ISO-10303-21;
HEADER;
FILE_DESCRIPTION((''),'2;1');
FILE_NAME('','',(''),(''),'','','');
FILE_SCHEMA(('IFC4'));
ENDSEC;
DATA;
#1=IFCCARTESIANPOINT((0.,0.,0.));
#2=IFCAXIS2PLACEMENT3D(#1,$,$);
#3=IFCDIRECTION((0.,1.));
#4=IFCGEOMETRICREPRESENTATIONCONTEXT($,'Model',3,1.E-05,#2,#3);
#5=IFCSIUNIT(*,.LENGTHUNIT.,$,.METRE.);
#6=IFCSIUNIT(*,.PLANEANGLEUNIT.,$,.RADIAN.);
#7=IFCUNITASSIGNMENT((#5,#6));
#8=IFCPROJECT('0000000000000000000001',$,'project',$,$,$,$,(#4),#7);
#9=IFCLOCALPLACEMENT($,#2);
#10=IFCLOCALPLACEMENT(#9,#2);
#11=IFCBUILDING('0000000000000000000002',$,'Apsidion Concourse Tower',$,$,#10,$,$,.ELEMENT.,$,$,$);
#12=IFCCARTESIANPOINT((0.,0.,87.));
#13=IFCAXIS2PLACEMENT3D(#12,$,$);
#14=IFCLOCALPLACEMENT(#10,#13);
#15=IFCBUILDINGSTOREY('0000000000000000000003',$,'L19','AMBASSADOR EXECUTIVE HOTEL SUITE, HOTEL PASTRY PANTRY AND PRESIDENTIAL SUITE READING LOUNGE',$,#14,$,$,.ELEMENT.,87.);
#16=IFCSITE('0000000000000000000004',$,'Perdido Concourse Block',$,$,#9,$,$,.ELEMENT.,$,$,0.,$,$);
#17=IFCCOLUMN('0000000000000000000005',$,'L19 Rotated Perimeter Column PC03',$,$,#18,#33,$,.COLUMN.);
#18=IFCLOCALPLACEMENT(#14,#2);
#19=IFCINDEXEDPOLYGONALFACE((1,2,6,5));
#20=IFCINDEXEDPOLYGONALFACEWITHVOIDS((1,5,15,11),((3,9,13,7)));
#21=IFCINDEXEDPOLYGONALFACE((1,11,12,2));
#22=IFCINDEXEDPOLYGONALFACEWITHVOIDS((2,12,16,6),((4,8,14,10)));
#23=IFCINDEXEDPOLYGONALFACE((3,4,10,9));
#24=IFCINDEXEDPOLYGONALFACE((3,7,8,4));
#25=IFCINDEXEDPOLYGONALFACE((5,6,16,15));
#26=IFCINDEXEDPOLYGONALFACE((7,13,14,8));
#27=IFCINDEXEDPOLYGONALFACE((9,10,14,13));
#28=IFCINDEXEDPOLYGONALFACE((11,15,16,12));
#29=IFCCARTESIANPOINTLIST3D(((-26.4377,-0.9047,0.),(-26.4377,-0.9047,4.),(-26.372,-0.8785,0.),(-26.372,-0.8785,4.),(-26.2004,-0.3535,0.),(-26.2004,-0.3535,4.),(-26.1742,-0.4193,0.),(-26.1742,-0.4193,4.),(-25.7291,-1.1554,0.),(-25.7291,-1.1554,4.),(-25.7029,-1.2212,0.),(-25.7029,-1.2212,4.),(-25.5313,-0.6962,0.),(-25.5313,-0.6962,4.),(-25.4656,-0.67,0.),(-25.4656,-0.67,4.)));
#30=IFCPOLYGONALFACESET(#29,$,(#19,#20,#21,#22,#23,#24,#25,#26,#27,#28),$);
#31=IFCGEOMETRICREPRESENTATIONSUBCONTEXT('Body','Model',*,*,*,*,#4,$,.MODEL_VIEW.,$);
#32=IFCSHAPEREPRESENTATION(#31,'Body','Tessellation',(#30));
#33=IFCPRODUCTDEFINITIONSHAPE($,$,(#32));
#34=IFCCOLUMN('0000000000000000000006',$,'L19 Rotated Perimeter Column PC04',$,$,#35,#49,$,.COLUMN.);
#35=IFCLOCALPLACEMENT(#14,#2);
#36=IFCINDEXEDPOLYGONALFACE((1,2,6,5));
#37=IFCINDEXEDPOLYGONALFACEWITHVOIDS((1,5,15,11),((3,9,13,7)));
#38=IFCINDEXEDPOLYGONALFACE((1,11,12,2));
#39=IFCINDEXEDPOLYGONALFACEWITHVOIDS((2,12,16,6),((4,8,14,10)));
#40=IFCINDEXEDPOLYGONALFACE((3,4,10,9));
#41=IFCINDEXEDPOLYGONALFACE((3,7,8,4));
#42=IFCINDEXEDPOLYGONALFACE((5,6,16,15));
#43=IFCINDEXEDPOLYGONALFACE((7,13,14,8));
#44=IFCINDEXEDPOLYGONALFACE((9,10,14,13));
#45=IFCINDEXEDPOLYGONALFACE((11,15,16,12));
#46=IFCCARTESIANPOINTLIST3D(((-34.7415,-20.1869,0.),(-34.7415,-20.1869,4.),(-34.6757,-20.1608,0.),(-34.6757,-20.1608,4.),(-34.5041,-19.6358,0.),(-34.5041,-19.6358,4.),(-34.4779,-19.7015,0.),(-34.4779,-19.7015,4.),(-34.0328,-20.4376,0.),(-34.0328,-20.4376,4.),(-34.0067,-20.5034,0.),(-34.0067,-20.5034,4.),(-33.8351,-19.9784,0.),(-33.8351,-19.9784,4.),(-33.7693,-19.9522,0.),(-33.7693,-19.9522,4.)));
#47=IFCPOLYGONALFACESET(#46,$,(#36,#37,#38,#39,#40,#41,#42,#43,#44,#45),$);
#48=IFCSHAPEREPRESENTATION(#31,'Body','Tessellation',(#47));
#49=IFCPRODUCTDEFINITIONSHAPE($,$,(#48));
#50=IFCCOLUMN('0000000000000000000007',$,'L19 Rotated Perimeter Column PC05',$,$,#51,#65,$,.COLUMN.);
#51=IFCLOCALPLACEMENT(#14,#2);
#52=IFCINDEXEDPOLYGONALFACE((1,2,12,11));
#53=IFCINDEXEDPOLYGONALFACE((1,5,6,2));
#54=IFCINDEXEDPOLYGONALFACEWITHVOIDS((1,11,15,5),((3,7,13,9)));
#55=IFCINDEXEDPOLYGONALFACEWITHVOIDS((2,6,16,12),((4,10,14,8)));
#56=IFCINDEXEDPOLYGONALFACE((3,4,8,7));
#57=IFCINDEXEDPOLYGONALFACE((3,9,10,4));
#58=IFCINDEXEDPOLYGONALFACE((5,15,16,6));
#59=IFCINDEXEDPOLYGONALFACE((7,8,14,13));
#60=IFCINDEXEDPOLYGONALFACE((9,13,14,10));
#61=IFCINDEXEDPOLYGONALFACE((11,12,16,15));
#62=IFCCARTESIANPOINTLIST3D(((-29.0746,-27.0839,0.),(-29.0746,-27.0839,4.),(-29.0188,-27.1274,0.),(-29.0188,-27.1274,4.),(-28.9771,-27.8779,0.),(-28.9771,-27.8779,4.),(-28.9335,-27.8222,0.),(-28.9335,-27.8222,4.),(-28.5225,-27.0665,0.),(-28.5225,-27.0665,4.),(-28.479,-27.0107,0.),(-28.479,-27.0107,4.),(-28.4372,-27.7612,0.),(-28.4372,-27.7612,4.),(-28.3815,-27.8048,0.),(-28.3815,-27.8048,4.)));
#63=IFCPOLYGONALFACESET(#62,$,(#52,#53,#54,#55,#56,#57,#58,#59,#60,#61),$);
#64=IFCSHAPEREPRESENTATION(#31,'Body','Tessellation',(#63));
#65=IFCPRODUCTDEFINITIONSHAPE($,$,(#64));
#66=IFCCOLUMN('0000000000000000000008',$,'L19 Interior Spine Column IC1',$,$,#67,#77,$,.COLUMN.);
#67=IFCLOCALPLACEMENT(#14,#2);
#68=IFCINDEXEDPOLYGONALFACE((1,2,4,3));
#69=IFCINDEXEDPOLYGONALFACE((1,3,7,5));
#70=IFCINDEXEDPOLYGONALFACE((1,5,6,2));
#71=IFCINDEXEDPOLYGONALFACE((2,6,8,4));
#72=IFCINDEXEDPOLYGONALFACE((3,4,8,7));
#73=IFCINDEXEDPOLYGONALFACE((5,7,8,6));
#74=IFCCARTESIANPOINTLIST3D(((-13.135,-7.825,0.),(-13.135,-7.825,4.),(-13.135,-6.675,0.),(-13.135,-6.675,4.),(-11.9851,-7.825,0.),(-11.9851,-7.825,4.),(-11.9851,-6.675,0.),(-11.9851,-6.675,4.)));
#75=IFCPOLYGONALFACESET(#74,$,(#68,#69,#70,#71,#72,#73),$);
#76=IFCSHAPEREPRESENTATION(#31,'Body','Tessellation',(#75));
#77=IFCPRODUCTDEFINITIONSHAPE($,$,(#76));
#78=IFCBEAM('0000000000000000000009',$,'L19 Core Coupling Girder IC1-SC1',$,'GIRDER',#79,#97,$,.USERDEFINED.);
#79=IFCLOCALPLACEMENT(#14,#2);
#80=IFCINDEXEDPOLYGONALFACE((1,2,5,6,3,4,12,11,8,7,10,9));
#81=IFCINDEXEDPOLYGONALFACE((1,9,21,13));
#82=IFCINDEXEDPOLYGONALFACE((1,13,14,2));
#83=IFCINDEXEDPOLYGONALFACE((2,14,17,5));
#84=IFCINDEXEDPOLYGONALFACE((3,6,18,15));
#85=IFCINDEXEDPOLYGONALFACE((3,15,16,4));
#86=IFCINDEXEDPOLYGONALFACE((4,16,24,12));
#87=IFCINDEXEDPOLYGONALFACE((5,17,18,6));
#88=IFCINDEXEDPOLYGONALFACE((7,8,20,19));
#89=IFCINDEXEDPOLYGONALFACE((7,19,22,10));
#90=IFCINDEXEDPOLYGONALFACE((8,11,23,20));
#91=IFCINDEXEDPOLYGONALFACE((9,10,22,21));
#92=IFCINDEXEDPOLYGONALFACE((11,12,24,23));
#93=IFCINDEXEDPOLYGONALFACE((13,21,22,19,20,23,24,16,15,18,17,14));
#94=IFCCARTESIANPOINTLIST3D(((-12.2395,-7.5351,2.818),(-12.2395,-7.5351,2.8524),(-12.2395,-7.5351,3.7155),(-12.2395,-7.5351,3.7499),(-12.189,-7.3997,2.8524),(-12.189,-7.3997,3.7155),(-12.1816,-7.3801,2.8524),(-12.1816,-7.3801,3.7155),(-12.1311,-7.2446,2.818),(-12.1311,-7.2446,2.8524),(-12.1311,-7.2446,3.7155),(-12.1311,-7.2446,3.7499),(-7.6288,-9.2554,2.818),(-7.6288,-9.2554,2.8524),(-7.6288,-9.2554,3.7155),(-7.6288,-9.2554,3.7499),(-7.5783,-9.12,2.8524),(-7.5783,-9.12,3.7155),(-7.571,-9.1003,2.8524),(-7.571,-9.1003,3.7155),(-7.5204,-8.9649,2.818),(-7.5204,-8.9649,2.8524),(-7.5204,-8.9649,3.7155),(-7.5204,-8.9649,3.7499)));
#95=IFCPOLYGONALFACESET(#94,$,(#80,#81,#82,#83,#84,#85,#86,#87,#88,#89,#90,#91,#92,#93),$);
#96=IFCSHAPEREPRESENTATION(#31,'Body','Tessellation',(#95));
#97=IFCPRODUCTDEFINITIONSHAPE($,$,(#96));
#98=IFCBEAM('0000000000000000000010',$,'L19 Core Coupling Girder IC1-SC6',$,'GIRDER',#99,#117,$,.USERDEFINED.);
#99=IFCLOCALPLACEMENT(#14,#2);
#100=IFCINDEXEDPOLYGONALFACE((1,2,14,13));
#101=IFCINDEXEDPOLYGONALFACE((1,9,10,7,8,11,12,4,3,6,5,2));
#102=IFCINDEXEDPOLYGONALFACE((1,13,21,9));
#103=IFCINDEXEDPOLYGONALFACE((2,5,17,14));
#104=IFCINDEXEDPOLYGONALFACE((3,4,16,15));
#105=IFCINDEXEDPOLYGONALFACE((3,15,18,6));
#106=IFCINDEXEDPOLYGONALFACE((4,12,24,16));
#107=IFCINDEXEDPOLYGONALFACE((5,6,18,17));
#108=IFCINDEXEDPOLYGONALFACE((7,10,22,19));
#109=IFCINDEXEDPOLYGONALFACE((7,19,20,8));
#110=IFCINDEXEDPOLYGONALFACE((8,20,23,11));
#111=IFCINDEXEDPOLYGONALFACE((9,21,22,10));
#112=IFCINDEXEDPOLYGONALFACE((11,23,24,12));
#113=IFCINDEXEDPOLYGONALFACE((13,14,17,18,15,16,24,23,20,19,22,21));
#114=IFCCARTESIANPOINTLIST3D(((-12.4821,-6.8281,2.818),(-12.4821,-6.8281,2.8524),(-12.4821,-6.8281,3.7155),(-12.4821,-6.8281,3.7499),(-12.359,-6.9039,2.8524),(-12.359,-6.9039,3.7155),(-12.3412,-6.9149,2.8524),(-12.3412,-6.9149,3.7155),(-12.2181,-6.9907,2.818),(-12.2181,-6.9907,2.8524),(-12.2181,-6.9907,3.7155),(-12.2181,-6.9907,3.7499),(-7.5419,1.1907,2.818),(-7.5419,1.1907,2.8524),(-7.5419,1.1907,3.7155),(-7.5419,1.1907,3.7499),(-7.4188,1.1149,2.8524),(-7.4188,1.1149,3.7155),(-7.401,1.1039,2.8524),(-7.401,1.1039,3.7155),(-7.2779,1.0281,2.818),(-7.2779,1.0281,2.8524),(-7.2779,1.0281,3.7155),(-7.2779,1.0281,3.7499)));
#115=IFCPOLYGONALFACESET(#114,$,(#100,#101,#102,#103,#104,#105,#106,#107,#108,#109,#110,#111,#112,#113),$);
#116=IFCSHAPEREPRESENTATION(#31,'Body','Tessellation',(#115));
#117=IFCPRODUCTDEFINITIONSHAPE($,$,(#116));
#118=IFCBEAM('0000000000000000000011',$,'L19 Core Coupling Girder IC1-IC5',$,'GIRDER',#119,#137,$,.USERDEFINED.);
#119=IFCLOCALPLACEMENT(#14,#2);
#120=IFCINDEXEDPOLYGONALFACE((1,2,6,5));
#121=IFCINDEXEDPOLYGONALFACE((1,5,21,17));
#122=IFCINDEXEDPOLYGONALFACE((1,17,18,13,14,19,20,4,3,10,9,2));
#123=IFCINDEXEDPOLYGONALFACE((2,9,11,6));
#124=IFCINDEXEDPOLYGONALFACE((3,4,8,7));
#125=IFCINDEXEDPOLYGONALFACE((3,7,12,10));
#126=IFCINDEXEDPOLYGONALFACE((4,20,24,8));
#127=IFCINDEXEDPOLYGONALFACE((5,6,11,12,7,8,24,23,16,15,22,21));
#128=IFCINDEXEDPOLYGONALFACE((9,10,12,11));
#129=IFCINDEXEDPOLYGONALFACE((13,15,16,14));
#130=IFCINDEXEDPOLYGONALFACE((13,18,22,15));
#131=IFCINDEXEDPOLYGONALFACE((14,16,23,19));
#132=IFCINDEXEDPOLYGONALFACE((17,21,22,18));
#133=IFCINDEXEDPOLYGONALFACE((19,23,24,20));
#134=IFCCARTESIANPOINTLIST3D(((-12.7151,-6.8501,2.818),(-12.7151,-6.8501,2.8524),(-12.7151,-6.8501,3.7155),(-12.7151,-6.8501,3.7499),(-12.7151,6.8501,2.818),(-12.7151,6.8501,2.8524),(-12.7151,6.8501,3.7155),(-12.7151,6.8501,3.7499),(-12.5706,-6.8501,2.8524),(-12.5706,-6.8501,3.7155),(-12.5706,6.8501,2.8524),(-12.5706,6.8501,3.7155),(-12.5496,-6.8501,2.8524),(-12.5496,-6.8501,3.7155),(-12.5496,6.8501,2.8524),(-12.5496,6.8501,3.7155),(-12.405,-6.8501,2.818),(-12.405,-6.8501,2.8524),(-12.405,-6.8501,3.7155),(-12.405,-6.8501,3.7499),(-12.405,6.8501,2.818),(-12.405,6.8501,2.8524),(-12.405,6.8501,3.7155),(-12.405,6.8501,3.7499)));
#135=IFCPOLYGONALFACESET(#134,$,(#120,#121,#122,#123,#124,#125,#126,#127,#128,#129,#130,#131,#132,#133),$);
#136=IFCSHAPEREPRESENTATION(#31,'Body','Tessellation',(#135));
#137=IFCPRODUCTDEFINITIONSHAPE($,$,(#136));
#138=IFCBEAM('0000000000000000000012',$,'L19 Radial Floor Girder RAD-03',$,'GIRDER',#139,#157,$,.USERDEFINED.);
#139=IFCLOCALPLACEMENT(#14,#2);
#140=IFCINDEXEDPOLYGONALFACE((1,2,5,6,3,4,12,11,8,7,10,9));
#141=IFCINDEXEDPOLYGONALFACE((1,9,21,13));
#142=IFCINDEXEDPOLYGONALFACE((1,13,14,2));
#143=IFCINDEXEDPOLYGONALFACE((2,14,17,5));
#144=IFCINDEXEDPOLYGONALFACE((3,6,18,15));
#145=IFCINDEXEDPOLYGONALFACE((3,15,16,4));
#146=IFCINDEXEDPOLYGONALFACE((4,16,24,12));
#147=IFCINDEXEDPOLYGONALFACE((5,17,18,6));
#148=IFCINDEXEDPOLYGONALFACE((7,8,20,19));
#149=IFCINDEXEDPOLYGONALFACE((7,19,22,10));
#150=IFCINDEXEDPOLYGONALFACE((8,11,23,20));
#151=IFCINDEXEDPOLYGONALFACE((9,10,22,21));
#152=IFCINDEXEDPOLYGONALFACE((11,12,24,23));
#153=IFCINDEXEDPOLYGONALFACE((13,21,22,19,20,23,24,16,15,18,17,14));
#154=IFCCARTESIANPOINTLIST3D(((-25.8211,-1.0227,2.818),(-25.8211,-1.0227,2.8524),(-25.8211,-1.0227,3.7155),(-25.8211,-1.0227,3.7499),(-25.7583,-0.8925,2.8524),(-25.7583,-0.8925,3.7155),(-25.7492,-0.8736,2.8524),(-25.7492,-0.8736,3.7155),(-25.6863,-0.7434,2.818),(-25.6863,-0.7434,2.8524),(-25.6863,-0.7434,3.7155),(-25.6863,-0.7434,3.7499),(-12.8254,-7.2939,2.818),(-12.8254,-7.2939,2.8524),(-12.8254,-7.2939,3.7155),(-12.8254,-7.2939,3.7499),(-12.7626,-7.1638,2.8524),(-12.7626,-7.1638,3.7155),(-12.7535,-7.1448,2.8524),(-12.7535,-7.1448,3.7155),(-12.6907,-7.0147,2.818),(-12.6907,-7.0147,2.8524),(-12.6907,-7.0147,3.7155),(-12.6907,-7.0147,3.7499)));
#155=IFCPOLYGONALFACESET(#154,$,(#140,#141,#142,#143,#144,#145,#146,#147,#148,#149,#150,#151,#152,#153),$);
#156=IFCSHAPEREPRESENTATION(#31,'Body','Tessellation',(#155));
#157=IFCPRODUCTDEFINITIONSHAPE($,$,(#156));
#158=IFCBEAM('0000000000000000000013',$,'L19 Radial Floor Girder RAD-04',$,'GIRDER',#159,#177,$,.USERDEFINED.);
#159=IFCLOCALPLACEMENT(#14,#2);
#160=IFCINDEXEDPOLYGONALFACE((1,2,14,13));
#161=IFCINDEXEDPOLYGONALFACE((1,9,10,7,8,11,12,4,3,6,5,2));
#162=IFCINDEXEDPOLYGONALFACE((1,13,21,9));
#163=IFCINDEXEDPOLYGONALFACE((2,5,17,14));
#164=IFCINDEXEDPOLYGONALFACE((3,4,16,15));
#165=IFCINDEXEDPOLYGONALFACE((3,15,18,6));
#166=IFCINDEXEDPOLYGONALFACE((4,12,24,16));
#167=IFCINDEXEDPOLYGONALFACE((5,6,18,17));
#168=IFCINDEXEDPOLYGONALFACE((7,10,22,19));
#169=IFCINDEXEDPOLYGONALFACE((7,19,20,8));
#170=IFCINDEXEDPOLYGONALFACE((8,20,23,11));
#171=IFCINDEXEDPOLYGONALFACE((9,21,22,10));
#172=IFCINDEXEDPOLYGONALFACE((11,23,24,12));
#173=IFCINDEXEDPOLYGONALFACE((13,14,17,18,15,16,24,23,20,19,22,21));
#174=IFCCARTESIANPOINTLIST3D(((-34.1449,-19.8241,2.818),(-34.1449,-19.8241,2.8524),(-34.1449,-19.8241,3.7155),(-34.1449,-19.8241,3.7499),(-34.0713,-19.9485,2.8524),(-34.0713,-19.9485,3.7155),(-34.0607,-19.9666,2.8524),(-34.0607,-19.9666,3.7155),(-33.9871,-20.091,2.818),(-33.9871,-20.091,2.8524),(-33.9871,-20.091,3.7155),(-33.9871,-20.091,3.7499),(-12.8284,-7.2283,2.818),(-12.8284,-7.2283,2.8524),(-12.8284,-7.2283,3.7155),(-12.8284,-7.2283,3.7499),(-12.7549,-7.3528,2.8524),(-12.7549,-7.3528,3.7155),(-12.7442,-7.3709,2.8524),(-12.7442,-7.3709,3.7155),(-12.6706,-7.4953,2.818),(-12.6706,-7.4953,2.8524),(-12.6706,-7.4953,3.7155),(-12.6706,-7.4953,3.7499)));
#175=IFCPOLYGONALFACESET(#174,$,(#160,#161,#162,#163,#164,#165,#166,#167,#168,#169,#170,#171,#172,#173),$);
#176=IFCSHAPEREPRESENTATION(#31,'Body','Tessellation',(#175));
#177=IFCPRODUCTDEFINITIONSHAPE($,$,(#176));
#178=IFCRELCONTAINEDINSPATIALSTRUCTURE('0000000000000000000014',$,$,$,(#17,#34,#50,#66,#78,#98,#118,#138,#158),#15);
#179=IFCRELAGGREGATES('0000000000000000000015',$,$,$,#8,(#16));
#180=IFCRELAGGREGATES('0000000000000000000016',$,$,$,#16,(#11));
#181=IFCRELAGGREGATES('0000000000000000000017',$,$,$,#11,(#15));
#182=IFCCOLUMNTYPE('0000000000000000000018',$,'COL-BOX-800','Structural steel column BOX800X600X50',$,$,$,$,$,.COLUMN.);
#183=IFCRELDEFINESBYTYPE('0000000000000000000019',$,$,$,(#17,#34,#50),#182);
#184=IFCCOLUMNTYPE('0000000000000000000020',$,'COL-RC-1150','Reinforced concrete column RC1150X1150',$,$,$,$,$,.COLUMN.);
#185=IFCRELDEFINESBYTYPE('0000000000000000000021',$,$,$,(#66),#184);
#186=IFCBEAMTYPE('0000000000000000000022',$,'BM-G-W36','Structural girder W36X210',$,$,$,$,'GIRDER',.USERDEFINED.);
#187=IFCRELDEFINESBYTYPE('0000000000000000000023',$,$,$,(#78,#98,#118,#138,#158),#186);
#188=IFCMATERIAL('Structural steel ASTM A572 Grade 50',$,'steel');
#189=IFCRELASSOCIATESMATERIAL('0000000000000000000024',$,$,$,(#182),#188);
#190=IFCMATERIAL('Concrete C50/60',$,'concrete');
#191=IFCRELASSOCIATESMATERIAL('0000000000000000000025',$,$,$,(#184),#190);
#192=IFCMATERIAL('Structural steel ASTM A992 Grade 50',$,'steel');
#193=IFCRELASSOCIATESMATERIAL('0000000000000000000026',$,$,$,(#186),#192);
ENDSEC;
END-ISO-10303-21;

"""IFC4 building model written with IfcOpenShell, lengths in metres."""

from ifc_helpers import new_model, si_unit, direction, frame, origin, origin_2d, place, context, subcontext, project, spatial, rectangle, hollow_rectangle, i_section, extrude, material, material_profile, profile_set, type_object, element, save


model = new_model("IFC4")

# Units and contexts
model_context = context("Model", 3, precision=1e-05, world=origin(), true_north=direction((0.0, 1.0)))
body_context = subcontext(model_context, "Body", "Model", "MODEL_VIEW")
ifc_project = project(units=[si_unit("LENGTHUNIT", "METRE"), si_unit("PLANEANGLEUNIT", "RADIAN")], contexts=[model_context])

# Site, building, storey
site_placement = place(None, origin())
site = spatial("IfcSite", under=ifc_project, at=site_placement, Name="Perdido Concourse Block", CompositionType="ELEMENT", RefElevation=0.0)
building_placement = place(site_placement, origin())
building = spatial("IfcBuilding", under=site, at=building_placement, Name="Apsidion Concourse Tower", CompositionType="ELEMENT")
storey_placement = place(building_placement, frame((0.0, 0.0, 87.0)))
storey = spatial("IfcBuildingStorey", under=building, at=storey_placement, Name="L19", Description="AMBASSADOR EXECUTIVE HOTEL SUITE, HOTEL PASTRY PANTRY AND PRESIDENTIAL SUITE READING LOUNGE", CompositionType="ELEMENT", Elevation=87.0)

# Columns
ifc_material_1 = material(Name="Structural steel ASTM A572 Grade 50", Category="steel")
ifc_material_profile_1 = material_profile(ifc_material_1, hollow_rectangle(XDim=0.6001, YDim=0.8, WallThickness=0.05, at=origin_2d()), Name="BOX800X600X50")
ifc_profile_set_1 = profile_set([ifc_material_profile_1], Name="Structural steel ASTM A572 Grade 50")
column_type_1 = type_object("IfcColumnType", Name="COL-BOX-800", Description="Structural steel column BOX800X600X50", PredefinedType="COLUMN", material=ifc_profile_set_1)
for number, where, z_axis, x_axis, name in (
    (1, (-25.9517, -0.7874, 0.0), (0.0, 0.0, 1.0), (0.395546, 0.918446, 0.0), "L19 Rotated Perimeter Column PC03"),
    (2, (-34.2554, -20.0696, 0.0), (0.0, 0.0, 1.0), (0.395546, 0.918446, 0.0), "L19 Rotated Perimeter Column PC04"),
    (3, (-28.728, -27.4443, 0.0), (0.0, 0.0, 1.0), (0.992546, 0.121869, 0.0), "L19 Rotated Perimeter Column PC05"),
):
    element("IfcColumn", number, at=place(storey_placement, frame(where, z_axis=z_axis, x_axis=x_axis)), inside=storey, type_object=column_type_1, Name=name, PredefinedType="COLUMN", context=body_context, shape_type="SweptSolid", body=[
        extrude(hollow_rectangle(XDim=0.6001, YDim=0.8, WallThickness=0.05, at=origin_2d()), origin(), (0.0, 0.0, 1.0), 4.0),
    ])
ifc_material_2 = material(Name="Concrete C50/60", Category="concrete")
ifc_material_profile_2 = material_profile(ifc_material_2, rectangle(XDim=1.1499, YDim=1.1499, at=origin_2d()), Name="RC 1150x1150")
ifc_profile_set_2 = profile_set([ifc_material_profile_2], Name="Concrete C50/60")
column_type_2 = type_object("IfcColumnType", Name="COL-RC-1150", Description="Reinforced concrete column RC1150X1150", PredefinedType="COLUMN", material=ifc_profile_set_2)
column_placement = place(storey_placement, frame((-12.5601, -7.25, 0.0), z_axis=(0.0, 0.0, 1.0), x_axis=(1.0, 0.0, 0.0)))
element("IfcColumn", 4, at=column_placement, inside=storey, type_object=column_type_2, Name="L19 Interior Spine Column IC1", PredefinedType="COLUMN", context=body_context, shape_type="SweptSolid", body=[
    extrude(rectangle(XDim=1.1499, YDim=1.1499, at=origin_2d()), origin(), (0.0, 0.0, 1.0), 4.0),
])

# Beams
ifc_material_3 = material(Name="Structural steel ASTM A992 Grade 50", Category="steel")
ifc_material_profile_3 = material_profile(ifc_material_3, i_section(OverallWidth=0.3101, OverallDepth=0.9319, WebThickness=0.021, FlangeThickness=0.0344, at=origin_2d()), Name="W36X210")
ifc_profile_set_3 = profile_set([ifc_material_profile_3], Name="Structural steel ASTM A992 Grade 50")
beam_type_1 = type_object("IfcBeamType", Name="BM-G-W36", Description="Structural girder W36X210", ElementType="GIRDER", PredefinedType="USERDEFINED", material=ifc_profile_set_3)
beam_1_placement = place(storey_placement, frame((-12.1853, -7.3899, 3.2839), z_axis=(0.936913, -0.349563, 0.0), x_axis=(0.349563, 0.936913, 0.0)))
element("IfcBeam", 5, at=beam_1_placement, inside=storey, type_object=beam_type_1, Name="L19 Core Coupling Girder IC1-SC1", ObjectType="GIRDER", PredefinedType="USERDEFINED", context=body_context, shape_type="SweptSolid", body=[
    extrude(i_section(OverallWidth=0.3101, OverallDepth=0.9319, WebThickness=0.021, FlangeThickness=0.0344, at=origin_2d()), origin(), (0.0, 0.0, 1.0), 4.9211),
])
beam_2_placement = place(storey_placement, frame((-12.3501, -6.9094, 3.2839), z_axis=(0.524524, 0.851396, 0.0), x_axis=(-0.851396, 0.524524, 0.0)))
element("IfcBeam", 6, at=beam_2_placement, inside=storey, type_object=beam_type_1, Name="L19 Core Coupling Girder IC1-SC6", ObjectType="GIRDER", PredefinedType="USERDEFINED", context=body_context, shape_type="SweptSolid", body=[
    extrude(i_section(OverallWidth=0.3101, OverallDepth=0.9319, WebThickness=0.021, FlangeThickness=0.0344, at=origin_2d()), origin(), (0.0, 0.0, 1.0), 9.4185),
])
beam_3_placement = place(storey_placement, frame((-12.5601, -6.8501, 3.2839), z_axis=(0.0, 1.0, 0.0), x_axis=(-1.0, 0.0, 0.0)))
element("IfcBeam", 7, at=beam_3_placement, inside=storey, type_object=beam_type_1, Name="L19 Core Coupling Girder IC1-IC5", ObjectType="GIRDER", PredefinedType="USERDEFINED", context=body_context, shape_type="SweptSolid", body=[
    extrude(i_section(OverallWidth=0.3101, OverallDepth=0.9319, WebThickness=0.021, FlangeThickness=0.0344, at=origin_2d()), origin(), (0.0, 0.0, 1.0), 13.7002),
])
beam_4_placement = place(storey_placement, frame((-12.7581, -7.1543, 3.2839), z_axis=(-0.900619, 0.434609, 0.0), x_axis=(-0.434609, -0.900619, 0.0)))
element("IfcBeam", 8, at=beam_4_placement, inside=storey, type_object=beam_type_1, Name="L19 Radial Floor Girder RAD-03", ObjectType="GIRDER", PredefinedType="USERDEFINED", context=body_context, shape_type="SweptSolid", body=[
    extrude(i_section(OverallWidth=0.3101, OverallDepth=0.9319, WebThickness=0.021, FlangeThickness=0.0344, at=origin_2d()), origin(), (0.0, 0.0, 1.0), 14.4297),
])
beam_5_placement = place(storey_placement, frame((-12.7495, -7.3618, 3.2839), z_axis=(-0.860933, -0.508719, 0.0), x_axis=(0.508719, -0.860933, 0.0)))
element("IfcBeam", 9, at=beam_5_placement, inside=storey, type_object=beam_type_1, Name="L19 Radial Floor Girder RAD-04", ObjectType="GIRDER", PredefinedType="USERDEFINED", context=body_context, shape_type="SweptSolid", body=[
    extrude(i_section(OverallWidth=0.3101, OverallDepth=0.9319, WebThickness=0.021, FlangeThickness=0.0344, at=origin_2d()), origin(), (0.0, 0.0, 1.0), 24.7598),
])

save(model, "model.ifc")
